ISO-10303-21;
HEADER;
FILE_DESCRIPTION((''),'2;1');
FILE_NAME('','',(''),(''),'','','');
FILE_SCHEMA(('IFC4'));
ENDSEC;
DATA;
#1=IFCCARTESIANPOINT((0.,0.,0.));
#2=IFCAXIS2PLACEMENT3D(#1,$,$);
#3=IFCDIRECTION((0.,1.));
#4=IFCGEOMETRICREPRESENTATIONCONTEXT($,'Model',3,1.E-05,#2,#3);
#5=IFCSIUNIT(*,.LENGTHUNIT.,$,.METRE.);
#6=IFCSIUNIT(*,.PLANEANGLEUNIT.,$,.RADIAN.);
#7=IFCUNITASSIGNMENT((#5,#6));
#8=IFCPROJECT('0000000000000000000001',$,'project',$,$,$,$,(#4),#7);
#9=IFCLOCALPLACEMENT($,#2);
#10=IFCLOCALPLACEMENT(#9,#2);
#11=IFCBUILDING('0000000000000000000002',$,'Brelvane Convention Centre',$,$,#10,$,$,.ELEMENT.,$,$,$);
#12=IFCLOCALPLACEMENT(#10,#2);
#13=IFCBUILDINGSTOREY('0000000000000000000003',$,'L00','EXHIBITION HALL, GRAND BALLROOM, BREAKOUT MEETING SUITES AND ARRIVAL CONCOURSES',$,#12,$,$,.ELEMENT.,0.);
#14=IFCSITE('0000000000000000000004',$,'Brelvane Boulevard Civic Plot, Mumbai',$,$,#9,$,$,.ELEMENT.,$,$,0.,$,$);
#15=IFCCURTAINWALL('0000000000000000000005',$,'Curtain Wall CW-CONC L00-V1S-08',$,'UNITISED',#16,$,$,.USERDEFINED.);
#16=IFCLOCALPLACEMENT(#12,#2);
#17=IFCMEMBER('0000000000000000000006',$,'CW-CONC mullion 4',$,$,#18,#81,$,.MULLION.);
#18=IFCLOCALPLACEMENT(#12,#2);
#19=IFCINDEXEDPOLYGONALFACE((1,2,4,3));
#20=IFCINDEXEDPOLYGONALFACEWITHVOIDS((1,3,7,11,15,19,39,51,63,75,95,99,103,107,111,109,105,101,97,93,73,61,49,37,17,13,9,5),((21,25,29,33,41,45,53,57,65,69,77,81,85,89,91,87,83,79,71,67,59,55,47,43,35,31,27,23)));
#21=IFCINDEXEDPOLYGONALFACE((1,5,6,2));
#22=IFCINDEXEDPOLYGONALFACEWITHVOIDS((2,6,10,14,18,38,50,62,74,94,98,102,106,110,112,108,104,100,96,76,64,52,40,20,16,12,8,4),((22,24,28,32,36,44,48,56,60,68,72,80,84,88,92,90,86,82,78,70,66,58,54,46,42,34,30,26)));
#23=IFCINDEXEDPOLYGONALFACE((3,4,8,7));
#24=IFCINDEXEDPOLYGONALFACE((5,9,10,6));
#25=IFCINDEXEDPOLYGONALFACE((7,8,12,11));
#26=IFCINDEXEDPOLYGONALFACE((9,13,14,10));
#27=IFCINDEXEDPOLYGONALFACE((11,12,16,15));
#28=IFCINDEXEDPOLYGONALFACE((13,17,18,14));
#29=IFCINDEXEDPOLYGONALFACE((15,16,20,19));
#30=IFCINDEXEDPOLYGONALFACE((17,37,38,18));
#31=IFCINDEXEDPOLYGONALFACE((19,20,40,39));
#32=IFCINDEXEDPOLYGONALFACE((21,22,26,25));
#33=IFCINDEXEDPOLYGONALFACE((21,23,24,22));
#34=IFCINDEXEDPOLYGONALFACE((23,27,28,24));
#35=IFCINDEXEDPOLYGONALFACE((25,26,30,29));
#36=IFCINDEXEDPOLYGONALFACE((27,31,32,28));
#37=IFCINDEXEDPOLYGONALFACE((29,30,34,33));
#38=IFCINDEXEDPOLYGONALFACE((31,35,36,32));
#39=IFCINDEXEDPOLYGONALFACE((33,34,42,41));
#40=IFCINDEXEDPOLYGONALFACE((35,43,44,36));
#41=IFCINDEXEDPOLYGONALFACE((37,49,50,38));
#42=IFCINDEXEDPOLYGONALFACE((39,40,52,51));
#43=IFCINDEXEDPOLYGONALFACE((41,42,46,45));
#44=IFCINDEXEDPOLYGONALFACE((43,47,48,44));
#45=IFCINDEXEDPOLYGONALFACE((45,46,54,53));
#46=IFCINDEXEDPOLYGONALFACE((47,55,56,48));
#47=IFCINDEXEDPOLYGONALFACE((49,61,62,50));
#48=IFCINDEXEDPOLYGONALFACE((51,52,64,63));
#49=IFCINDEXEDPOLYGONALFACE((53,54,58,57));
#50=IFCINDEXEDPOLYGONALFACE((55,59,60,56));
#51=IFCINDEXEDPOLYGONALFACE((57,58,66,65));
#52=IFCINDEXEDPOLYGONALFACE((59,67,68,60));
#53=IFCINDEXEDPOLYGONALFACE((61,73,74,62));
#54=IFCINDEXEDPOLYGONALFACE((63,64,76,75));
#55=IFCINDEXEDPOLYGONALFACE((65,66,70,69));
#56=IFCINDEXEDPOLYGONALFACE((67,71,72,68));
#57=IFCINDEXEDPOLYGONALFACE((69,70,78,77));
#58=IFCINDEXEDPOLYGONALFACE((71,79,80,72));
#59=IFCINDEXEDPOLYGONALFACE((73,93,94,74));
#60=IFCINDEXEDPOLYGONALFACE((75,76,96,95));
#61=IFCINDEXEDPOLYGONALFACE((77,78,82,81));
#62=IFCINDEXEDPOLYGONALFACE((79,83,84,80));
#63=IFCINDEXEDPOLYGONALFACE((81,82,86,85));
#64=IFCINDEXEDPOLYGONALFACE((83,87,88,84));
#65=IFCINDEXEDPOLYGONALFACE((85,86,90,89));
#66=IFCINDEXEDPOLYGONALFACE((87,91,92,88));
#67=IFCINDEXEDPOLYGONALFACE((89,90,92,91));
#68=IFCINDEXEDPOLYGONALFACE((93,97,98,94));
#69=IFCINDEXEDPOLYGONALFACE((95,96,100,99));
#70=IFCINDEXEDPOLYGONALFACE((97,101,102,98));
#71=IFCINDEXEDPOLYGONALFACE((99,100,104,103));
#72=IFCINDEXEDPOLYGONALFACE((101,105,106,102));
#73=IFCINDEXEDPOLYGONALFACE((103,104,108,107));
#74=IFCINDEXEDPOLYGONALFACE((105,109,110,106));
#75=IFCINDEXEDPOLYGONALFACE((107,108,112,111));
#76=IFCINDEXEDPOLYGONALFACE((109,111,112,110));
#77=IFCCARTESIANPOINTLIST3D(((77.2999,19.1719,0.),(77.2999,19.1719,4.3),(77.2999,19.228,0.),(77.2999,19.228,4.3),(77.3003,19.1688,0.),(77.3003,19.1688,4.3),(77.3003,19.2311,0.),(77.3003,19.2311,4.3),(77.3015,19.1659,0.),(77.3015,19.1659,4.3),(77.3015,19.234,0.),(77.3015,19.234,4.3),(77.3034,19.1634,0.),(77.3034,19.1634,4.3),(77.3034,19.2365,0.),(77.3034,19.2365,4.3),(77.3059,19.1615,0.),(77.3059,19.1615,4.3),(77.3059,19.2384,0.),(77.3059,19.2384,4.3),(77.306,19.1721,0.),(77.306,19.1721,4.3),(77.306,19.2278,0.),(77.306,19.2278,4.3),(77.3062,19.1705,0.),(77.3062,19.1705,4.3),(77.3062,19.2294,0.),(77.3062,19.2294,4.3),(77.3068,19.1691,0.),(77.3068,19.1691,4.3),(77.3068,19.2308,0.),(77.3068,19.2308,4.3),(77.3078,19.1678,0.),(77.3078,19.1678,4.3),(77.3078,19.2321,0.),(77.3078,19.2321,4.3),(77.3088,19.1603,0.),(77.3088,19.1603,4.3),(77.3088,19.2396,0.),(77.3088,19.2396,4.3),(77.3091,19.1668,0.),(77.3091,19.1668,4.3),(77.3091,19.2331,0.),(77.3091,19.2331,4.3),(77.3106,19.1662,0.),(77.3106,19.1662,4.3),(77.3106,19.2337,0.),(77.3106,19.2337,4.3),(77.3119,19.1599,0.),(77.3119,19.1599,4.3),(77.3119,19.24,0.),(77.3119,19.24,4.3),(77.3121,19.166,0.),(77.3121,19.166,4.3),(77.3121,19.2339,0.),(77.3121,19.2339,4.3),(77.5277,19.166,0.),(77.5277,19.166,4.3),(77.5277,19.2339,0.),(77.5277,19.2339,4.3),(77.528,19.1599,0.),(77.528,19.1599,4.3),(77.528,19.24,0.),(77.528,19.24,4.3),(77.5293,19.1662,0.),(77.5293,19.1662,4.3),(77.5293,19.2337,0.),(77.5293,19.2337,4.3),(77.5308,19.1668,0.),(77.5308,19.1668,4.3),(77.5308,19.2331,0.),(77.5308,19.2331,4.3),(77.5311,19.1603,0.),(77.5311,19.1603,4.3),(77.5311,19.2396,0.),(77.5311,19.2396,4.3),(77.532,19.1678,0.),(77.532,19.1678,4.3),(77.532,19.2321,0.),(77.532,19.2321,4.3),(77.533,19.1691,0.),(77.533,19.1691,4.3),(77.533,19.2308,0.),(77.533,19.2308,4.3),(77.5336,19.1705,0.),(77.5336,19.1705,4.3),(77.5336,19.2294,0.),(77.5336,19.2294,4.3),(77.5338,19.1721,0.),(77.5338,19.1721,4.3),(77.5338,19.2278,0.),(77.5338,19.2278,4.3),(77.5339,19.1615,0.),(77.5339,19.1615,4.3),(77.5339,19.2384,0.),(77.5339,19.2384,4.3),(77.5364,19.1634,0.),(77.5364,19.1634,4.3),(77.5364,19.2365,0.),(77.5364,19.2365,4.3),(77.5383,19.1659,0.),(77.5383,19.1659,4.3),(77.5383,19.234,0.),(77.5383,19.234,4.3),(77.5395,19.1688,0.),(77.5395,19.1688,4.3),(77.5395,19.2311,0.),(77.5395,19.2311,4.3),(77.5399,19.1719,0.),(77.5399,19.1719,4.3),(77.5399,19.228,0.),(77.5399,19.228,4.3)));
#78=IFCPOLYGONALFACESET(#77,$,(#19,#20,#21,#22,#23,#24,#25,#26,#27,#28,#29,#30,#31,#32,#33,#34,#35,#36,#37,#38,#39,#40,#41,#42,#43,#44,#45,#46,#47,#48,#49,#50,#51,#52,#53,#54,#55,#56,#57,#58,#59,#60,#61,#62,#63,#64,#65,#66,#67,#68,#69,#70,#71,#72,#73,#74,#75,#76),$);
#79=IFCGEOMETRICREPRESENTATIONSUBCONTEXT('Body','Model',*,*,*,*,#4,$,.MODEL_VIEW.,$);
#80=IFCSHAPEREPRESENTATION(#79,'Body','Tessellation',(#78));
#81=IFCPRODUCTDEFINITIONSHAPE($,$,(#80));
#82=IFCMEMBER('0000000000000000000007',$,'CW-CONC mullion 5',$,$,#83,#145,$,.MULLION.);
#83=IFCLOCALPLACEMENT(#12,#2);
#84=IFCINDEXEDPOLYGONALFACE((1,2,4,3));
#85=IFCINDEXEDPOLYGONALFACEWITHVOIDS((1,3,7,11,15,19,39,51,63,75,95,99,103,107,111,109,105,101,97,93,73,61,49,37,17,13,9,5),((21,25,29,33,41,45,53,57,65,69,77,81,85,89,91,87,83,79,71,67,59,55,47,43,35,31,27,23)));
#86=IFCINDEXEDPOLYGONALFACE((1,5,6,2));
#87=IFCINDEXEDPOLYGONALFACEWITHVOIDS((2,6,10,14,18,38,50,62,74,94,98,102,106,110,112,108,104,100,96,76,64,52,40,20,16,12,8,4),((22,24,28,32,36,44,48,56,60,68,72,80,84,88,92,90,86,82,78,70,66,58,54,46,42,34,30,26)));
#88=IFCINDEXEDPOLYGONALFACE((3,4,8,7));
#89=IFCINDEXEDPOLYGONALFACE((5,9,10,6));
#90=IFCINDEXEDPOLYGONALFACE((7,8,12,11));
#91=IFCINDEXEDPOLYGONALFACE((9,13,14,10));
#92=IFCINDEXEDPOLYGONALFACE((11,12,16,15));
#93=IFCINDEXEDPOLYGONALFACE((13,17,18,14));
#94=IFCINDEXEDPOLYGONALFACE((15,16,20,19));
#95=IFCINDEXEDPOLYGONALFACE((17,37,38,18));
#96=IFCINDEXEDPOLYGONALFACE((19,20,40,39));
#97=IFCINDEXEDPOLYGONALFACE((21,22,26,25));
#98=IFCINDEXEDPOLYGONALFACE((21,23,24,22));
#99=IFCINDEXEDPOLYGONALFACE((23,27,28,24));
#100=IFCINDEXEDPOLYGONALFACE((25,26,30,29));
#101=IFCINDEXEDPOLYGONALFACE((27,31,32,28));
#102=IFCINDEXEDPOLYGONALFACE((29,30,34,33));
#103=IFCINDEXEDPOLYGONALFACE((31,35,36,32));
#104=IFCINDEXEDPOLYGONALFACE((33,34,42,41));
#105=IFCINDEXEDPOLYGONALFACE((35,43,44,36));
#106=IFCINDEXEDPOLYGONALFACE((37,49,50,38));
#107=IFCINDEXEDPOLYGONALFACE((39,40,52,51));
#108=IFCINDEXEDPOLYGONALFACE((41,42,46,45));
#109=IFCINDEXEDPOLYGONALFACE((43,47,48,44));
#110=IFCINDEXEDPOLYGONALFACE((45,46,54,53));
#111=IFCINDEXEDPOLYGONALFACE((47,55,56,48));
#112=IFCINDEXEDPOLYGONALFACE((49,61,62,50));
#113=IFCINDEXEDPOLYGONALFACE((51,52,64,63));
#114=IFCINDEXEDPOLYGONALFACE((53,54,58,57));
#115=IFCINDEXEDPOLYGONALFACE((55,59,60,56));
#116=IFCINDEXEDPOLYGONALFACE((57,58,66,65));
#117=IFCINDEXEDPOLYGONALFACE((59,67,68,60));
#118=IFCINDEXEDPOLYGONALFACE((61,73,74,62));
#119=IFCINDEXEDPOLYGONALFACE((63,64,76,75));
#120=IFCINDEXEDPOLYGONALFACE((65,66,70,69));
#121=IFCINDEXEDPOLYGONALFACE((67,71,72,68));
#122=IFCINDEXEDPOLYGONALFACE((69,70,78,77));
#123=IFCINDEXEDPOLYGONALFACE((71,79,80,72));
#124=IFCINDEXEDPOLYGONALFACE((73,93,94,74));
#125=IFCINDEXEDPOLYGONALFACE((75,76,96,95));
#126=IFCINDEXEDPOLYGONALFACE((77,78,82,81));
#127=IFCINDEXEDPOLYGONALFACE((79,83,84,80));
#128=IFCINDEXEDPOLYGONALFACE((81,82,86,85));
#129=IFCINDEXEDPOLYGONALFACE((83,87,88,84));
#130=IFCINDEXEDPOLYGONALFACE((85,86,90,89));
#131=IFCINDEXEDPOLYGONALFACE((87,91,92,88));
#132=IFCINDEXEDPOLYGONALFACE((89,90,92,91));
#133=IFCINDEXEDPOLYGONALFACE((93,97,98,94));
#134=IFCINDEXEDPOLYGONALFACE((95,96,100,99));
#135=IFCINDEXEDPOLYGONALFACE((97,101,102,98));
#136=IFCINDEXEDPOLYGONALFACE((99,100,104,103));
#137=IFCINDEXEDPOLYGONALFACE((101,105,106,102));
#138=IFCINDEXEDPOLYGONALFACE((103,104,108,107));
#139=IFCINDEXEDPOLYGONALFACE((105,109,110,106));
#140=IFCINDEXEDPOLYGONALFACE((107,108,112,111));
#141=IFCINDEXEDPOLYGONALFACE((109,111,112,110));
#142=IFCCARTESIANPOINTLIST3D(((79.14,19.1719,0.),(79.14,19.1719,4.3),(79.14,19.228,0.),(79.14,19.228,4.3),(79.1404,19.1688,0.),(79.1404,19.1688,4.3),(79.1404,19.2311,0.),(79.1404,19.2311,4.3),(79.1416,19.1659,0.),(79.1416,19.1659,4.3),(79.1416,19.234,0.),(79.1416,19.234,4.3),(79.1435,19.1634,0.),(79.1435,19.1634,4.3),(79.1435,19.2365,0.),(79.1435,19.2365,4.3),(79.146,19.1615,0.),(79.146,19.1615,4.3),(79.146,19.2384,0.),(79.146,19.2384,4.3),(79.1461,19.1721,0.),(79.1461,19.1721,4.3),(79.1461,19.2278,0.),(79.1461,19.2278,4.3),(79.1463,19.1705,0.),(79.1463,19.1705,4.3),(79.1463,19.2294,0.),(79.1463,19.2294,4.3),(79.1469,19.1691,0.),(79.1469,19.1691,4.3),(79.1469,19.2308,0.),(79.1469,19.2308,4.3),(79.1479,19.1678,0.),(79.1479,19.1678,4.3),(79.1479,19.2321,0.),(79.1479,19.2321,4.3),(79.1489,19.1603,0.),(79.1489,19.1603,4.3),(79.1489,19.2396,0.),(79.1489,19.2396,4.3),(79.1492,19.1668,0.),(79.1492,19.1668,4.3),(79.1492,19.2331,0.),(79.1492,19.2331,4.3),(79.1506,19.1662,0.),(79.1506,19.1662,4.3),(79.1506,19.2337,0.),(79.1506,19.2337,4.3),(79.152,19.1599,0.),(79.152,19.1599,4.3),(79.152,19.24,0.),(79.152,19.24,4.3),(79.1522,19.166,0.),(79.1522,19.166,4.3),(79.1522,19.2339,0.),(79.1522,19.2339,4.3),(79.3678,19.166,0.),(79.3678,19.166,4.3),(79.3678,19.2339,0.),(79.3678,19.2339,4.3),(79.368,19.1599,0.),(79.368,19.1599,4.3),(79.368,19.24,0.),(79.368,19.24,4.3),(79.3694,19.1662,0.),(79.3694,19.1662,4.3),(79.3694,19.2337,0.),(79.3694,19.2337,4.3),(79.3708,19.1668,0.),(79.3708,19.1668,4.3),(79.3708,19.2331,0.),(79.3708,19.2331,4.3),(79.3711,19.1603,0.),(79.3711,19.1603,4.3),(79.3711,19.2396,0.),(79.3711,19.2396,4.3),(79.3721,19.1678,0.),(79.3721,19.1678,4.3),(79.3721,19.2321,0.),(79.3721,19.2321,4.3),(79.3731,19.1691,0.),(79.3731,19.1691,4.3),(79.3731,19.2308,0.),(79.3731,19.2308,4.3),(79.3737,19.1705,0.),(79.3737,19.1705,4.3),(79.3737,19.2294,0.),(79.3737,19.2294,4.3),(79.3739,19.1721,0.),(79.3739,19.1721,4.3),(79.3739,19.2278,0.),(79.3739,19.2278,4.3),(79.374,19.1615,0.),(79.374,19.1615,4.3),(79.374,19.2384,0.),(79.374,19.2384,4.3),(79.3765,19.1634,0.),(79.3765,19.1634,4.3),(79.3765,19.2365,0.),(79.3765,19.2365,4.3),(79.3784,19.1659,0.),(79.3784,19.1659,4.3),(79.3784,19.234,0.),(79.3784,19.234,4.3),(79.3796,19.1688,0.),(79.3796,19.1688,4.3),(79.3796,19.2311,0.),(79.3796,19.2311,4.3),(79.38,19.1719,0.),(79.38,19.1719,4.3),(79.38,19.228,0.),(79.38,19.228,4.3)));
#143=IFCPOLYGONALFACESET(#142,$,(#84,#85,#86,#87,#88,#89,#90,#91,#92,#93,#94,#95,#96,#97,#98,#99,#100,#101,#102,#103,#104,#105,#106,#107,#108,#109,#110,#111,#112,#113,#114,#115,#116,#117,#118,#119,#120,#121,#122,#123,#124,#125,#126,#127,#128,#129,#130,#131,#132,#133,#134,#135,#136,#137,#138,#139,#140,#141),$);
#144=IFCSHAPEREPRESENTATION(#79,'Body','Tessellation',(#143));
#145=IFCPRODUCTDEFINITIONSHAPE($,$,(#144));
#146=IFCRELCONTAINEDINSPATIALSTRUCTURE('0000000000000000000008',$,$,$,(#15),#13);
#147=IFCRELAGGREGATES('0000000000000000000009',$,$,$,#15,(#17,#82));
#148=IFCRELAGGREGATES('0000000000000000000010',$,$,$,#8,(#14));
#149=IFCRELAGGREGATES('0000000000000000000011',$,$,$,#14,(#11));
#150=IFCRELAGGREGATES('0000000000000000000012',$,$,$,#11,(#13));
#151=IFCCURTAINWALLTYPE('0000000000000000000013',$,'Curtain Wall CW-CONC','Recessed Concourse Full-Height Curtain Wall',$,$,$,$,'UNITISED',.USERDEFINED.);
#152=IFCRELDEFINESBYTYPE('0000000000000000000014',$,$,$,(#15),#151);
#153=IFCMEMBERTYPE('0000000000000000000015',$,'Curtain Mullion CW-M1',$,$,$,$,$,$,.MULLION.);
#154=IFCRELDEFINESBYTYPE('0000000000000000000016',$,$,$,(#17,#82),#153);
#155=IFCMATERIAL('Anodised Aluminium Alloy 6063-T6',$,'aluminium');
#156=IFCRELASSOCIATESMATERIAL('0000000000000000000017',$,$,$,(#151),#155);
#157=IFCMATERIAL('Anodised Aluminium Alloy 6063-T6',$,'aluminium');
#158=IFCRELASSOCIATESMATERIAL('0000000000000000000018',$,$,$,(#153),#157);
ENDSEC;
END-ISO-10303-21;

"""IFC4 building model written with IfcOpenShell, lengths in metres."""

from ifc_helpers import new_model, si_unit, direction, frame, origin, origin_2d, place, context, subcontext, project, spatial, hollow_rectangle, extrude, material, material_profile, profile_set, type_object, element, aggregate, save


model = new_model("IFC4")

# Units and contexts
model_context = context("Model", 3, precision=1e-05, world=origin(), true_north=direction((0.0, 1.0)))
body_context = subcontext(model_context, "Body", "Model", "MODEL_VIEW")
ifc_project = project(units=[si_unit("LENGTHUNIT", "METRE"), si_unit("PLANEANGLEUNIT", "RADIAN")], contexts=[model_context])

# Site, building, storey
site_placement = place(None, origin())
site = spatial("IfcSite", under=ifc_project, at=site_placement, Name="Brelvane Boulevard Civic Plot, Mumbai", CompositionType="ELEMENT", RefElevation=0.0)
building_placement = place(site_placement, origin())
building = spatial("IfcBuilding", under=site, at=building_placement, Name="Brelvane Convention Centre", CompositionType="ELEMENT")
storey_placement = place(building_placement, origin())
storey = spatial("IfcBuildingStorey", under=building, at=storey_placement, Name="L00", Description="EXHIBITION HALL, GRAND BALLROOM, BREAKOUT MEETING SUITES AND ARRIVAL CONCOURSES", CompositionType="ELEMENT", Elevation=0.0)

# Curtain wall, members
ifc_material_1 = material(Name="Anodised Aluminium Alloy 6063-T6", Category="aluminium")
curtain_wall_type = type_object("IfcCurtainWallType", Name="Curtain Wall CW-CONC", Description="Recessed Concourse Full-Height Curtain Wall", ElementType="UNITISED", PredefinedType="USERDEFINED", material=ifc_material_1)
curtain_wall_placement = place(storey_placement, origin())
curtain_wall = element("IfcCurtainWall", 1, at=curtain_wall_placement, inside=storey, type_object=curtain_wall_type, Name="Curtain Wall CW-CONC L00-V1S-08", ObjectType="UNITISED", PredefinedType="USERDEFINED")
ifc_material_2 = material(Name="Anodised Aluminium Alloy 6063-T6", Category="aluminium")
ifc_material_profile_1 = material_profile(ifc_material_2, hollow_rectangle(XDim=0.0801, YDim=0.24, WallThickness=0.0061, InnerFilletRadius=0.0061, OuterFilletRadius=0.012, at=origin_2d()), Name="ALU-M 240x80x6.0")
ifc_profile_set_1 = profile_set([ifc_material_profile_1], Name="Anodised Aluminium Alloy 6063-T6")
member_type_1 = type_object("IfcMemberType", Name="Curtain Mullion CW-M1", PredefinedType="MULLION", material=ifc_profile_set_1)
member_1_placement = place(storey_placement, frame((77.4199, 19.2, 0.0), z_axis=(0.0, 0.0, 1.0), x_axis=(0.0, 1.0, 0.0)))
member_1 = element("IfcMember", 2, at=member_1_placement, type_object=member_type_1, Name="CW-CONC mullion 4", PredefinedType="MULLION", context=body_context, shape_type="SweptSolid", body=[
    extrude(hollow_rectangle(XDim=0.0801, YDim=0.24, WallThickness=0.0061, InnerFilletRadius=0.0061, OuterFilletRadius=0.012, at=origin_2d()), origin(), (0.0, 0.0, 1.0), 4.3),
])
member_2_placement = place(storey_placement, frame((79.26, 19.2, 0.0), z_axis=(0.0, 0.0, 1.0), x_axis=(0.0, 1.0, 0.0)))
member_2 = element("IfcMember", 3, at=member_2_placement, type_object=member_type_1, Name="CW-CONC mullion 5", PredefinedType="MULLION", context=body_context, shape_type="SweptSolid", body=[
    extrude(hollow_rectangle(XDim=0.0801, YDim=0.24, WallThickness=0.0061, InnerFilletRadius=0.0061, OuterFilletRadius=0.012, at=origin_2d()), origin(), (0.0, 0.0, 1.0), 4.3),
])
aggregate(curtain_wall, [member_1, member_2])

save(model, "model.ifc")
